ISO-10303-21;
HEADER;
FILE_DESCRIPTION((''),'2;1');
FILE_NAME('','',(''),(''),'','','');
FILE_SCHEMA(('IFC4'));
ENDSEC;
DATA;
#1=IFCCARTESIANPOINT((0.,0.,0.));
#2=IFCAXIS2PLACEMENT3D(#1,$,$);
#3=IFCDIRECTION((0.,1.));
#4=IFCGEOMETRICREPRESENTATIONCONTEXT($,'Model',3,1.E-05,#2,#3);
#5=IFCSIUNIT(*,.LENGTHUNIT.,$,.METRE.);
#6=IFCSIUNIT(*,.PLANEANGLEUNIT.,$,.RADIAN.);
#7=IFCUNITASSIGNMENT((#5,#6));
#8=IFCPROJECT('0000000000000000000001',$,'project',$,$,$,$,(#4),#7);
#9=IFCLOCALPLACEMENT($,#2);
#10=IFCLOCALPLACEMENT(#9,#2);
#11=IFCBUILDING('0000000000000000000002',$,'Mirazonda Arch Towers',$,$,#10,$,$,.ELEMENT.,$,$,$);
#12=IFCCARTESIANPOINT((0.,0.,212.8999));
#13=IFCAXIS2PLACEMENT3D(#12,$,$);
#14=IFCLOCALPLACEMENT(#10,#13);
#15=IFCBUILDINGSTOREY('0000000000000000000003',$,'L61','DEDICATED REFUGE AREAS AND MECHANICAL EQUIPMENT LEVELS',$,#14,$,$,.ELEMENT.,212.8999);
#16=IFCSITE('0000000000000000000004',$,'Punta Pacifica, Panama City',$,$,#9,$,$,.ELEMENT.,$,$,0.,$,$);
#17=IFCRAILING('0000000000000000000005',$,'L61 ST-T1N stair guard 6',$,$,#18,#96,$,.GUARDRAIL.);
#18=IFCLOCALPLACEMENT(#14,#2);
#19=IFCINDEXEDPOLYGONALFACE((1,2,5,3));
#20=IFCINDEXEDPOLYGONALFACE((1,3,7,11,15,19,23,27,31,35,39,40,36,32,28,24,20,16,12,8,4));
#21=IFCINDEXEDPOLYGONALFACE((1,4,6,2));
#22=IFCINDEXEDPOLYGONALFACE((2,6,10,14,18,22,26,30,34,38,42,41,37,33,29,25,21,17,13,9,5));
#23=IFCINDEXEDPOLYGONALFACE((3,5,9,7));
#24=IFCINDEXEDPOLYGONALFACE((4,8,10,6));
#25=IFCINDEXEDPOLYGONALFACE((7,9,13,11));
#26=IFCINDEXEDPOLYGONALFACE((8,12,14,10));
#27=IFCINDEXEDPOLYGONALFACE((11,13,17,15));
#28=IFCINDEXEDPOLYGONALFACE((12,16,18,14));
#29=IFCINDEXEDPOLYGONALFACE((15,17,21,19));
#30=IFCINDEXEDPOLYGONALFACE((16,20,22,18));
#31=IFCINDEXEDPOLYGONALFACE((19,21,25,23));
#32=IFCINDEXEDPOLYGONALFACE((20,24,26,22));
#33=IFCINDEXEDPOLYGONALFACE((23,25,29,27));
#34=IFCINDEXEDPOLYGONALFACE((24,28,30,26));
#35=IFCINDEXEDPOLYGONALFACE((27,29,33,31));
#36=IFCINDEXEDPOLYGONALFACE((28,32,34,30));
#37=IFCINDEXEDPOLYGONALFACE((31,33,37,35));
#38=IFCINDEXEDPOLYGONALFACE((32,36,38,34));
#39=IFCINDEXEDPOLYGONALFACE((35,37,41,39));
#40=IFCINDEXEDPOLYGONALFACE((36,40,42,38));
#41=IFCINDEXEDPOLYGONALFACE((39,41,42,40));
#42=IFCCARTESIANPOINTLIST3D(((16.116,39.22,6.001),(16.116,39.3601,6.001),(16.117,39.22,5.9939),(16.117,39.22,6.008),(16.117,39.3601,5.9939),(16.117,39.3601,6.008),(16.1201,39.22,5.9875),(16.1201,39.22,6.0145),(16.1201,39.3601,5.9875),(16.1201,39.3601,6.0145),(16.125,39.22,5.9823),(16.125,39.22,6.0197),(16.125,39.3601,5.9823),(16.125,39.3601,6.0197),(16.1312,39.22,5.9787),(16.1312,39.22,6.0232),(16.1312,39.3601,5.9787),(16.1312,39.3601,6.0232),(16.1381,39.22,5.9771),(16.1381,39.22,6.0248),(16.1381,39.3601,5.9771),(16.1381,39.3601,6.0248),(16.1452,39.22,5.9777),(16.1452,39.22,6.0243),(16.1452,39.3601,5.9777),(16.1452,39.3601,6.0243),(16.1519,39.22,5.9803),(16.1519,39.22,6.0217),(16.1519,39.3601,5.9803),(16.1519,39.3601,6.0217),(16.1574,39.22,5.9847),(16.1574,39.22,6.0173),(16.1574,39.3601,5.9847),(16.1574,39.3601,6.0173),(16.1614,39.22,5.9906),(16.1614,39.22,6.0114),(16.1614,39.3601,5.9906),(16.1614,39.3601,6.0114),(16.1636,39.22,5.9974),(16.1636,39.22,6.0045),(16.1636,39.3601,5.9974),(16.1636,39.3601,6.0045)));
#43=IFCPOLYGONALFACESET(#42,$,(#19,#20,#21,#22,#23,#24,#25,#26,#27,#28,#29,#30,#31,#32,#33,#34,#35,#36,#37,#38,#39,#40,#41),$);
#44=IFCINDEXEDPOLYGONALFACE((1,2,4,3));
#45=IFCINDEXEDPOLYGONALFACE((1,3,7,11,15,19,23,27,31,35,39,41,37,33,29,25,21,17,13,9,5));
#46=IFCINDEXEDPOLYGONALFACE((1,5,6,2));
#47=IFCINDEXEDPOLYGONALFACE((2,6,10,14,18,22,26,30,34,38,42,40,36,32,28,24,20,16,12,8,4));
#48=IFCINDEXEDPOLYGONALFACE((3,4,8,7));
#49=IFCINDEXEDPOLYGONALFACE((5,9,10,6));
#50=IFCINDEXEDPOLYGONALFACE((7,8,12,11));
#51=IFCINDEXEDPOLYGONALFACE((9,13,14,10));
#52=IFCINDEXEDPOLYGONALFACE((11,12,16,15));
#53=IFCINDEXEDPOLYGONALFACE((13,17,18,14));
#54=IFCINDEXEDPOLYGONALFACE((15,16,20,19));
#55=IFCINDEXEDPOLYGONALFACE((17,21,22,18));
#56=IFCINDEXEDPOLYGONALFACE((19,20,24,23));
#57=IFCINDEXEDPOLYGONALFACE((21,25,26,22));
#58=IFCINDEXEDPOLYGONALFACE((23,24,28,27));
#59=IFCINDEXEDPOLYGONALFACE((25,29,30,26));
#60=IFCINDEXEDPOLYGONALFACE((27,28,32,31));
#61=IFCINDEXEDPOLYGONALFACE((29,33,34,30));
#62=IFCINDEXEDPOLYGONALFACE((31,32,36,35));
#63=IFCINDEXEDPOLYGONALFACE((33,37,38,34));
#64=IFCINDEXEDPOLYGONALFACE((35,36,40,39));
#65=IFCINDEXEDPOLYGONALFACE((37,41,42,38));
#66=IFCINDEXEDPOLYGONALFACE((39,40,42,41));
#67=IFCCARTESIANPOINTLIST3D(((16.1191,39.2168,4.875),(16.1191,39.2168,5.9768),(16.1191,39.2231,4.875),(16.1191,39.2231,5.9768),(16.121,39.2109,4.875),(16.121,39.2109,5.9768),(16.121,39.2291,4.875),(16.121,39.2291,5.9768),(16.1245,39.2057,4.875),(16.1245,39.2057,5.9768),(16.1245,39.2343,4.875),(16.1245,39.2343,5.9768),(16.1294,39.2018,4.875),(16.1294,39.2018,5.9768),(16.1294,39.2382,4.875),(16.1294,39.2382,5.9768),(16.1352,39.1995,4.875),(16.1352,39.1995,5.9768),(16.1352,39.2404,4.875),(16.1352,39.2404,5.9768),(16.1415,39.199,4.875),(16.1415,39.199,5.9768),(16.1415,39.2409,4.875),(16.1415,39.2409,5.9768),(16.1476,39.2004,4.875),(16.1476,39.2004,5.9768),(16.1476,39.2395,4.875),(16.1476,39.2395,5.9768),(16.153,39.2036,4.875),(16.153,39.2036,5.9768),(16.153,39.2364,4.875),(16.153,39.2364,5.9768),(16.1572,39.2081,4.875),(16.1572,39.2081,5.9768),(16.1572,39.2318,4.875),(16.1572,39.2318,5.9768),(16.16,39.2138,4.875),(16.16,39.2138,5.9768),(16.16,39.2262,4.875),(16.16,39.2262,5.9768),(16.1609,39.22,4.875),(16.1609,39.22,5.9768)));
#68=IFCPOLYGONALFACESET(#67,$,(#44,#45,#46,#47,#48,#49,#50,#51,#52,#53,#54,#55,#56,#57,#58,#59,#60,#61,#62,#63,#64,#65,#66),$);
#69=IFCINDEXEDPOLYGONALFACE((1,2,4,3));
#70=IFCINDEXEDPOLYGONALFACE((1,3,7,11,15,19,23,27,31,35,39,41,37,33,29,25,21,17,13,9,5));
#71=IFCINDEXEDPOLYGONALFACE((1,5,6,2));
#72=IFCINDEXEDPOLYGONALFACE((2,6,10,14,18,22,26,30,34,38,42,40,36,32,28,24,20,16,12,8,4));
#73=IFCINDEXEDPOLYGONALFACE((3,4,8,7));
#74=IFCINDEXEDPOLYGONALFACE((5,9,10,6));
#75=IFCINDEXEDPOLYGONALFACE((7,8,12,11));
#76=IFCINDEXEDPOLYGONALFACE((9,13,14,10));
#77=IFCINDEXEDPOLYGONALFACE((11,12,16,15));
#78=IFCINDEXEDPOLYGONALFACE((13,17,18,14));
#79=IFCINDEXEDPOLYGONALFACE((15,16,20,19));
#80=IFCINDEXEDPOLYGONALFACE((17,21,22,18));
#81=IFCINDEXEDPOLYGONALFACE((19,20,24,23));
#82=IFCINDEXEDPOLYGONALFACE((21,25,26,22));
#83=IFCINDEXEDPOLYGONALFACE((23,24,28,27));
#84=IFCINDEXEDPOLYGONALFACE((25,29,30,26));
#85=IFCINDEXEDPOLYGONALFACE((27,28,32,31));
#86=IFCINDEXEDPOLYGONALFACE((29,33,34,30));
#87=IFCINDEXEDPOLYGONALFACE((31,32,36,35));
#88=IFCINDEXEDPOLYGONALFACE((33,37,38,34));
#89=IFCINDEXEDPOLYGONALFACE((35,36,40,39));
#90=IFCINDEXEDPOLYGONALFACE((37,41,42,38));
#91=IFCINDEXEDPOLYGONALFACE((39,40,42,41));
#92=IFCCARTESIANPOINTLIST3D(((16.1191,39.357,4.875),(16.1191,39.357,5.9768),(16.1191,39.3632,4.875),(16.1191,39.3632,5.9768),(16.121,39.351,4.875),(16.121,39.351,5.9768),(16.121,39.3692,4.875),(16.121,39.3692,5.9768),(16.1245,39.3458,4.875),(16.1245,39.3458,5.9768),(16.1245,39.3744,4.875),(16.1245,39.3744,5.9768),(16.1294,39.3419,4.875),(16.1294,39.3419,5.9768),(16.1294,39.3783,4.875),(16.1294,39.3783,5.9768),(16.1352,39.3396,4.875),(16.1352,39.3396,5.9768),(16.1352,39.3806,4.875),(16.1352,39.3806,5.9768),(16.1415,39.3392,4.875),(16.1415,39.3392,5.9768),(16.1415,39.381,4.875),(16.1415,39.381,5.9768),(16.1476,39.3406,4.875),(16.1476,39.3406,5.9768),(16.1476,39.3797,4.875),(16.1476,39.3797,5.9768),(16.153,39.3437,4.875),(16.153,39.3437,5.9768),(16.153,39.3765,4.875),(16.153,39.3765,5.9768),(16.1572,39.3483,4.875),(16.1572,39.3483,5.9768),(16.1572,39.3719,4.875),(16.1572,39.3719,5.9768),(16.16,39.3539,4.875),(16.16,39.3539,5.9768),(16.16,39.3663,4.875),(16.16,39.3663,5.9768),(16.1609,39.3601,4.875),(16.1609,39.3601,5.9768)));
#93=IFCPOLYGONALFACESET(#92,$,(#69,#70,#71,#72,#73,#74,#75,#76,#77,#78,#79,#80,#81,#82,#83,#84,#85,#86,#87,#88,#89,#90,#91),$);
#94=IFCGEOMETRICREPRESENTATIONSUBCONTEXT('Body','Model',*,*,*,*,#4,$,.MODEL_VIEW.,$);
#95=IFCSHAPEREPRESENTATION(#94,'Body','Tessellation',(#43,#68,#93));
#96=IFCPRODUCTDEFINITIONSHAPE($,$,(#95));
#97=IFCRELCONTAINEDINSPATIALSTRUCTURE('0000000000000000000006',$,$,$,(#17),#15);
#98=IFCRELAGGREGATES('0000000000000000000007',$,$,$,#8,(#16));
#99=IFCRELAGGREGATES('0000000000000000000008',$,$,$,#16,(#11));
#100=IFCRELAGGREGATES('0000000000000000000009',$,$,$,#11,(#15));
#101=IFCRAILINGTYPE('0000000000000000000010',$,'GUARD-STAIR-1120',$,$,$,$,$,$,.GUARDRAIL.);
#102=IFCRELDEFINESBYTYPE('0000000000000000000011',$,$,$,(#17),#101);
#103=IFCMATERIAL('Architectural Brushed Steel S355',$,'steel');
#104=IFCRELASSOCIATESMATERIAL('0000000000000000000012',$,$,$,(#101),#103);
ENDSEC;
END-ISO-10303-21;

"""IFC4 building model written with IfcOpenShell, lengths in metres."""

from ifc_helpers import new_model, si_unit, direction, frame, origin, origin_2d, place, context, subcontext, project, spatial, circle, extrude, material, type_object, element, save


model = new_model("IFC4")

# Units and contexts
model_context = context("Model", 3, precision=1e-05, world=origin(), true_north=direction((0.0, 1.0)))
body_context = subcontext(model_context, "Body", "Model", "MODEL_VIEW")
ifc_project = project(units=[si_unit("LENGTHUNIT", "METRE"), si_unit("PLANEANGLEUNIT", "RADIAN")], contexts=[model_context])

# Site, building, storey
site_placement = place(None, origin())
site = spatial("IfcSite", under=ifc_project, at=site_placement, Name="Punta Pacifica, Panama City", CompositionType="ELEMENT", RefElevation=0.0)
building_placement = place(site_placement, origin())
building = spatial("IfcBuilding", under=site, at=building_placement, Name="Mirazonda Arch Towers", CompositionType="ELEMENT")
storey_placement = place(building_placement, frame((0.0, 0.0, 212.8999)))
storey = spatial("IfcBuildingStorey", under=building, at=storey_placement, Name="L61", Description="DEDICATED REFUGE AREAS AND MECHANICAL EQUIPMENT LEVELS", CompositionType="ELEMENT", Elevation=212.8999)

# Railing
ifc_material_1 = material(Name="Architectural Brushed Steel S355", Category="steel")
railing_type_1 = type_object("IfcRailingType", Name="GUARD-STAIR-1120", PredefinedType="GUARDRAIL", material=ifc_material_1)
railing_1_placement = place(storey_placement, frame((16.1399, 39.22, 4.875)))
element("IfcRailing", 1, at=railing_1_placement, inside=storey, type_object=railing_type_1, Name="L61 ST-T1N stair guard 6", PredefinedType="GUARDRAIL", context=body_context, shape_type="SweptSolid", body=[
    extrude(circle(Radius=0.0239, at=origin_2d()), frame((0.0, 0.0, 1.126), z_axis=(0.0, 1.0, 0.0), x_axis=(-1.0, 0.0, 0.0)), (0.0, 0.0, 1.0), 0.1401),
    extrude(circle(Radius=0.021, at=origin_2d()), origin(), (0.0, 0.0, 1.0), 1.1018),
    extrude(circle(Radius=0.021, at=origin_2d()), frame((0.0, 0.1401, 0.0)), (0.0, 0.0, 1.0), 1.1018),
])

save(model, "model.ifc")
